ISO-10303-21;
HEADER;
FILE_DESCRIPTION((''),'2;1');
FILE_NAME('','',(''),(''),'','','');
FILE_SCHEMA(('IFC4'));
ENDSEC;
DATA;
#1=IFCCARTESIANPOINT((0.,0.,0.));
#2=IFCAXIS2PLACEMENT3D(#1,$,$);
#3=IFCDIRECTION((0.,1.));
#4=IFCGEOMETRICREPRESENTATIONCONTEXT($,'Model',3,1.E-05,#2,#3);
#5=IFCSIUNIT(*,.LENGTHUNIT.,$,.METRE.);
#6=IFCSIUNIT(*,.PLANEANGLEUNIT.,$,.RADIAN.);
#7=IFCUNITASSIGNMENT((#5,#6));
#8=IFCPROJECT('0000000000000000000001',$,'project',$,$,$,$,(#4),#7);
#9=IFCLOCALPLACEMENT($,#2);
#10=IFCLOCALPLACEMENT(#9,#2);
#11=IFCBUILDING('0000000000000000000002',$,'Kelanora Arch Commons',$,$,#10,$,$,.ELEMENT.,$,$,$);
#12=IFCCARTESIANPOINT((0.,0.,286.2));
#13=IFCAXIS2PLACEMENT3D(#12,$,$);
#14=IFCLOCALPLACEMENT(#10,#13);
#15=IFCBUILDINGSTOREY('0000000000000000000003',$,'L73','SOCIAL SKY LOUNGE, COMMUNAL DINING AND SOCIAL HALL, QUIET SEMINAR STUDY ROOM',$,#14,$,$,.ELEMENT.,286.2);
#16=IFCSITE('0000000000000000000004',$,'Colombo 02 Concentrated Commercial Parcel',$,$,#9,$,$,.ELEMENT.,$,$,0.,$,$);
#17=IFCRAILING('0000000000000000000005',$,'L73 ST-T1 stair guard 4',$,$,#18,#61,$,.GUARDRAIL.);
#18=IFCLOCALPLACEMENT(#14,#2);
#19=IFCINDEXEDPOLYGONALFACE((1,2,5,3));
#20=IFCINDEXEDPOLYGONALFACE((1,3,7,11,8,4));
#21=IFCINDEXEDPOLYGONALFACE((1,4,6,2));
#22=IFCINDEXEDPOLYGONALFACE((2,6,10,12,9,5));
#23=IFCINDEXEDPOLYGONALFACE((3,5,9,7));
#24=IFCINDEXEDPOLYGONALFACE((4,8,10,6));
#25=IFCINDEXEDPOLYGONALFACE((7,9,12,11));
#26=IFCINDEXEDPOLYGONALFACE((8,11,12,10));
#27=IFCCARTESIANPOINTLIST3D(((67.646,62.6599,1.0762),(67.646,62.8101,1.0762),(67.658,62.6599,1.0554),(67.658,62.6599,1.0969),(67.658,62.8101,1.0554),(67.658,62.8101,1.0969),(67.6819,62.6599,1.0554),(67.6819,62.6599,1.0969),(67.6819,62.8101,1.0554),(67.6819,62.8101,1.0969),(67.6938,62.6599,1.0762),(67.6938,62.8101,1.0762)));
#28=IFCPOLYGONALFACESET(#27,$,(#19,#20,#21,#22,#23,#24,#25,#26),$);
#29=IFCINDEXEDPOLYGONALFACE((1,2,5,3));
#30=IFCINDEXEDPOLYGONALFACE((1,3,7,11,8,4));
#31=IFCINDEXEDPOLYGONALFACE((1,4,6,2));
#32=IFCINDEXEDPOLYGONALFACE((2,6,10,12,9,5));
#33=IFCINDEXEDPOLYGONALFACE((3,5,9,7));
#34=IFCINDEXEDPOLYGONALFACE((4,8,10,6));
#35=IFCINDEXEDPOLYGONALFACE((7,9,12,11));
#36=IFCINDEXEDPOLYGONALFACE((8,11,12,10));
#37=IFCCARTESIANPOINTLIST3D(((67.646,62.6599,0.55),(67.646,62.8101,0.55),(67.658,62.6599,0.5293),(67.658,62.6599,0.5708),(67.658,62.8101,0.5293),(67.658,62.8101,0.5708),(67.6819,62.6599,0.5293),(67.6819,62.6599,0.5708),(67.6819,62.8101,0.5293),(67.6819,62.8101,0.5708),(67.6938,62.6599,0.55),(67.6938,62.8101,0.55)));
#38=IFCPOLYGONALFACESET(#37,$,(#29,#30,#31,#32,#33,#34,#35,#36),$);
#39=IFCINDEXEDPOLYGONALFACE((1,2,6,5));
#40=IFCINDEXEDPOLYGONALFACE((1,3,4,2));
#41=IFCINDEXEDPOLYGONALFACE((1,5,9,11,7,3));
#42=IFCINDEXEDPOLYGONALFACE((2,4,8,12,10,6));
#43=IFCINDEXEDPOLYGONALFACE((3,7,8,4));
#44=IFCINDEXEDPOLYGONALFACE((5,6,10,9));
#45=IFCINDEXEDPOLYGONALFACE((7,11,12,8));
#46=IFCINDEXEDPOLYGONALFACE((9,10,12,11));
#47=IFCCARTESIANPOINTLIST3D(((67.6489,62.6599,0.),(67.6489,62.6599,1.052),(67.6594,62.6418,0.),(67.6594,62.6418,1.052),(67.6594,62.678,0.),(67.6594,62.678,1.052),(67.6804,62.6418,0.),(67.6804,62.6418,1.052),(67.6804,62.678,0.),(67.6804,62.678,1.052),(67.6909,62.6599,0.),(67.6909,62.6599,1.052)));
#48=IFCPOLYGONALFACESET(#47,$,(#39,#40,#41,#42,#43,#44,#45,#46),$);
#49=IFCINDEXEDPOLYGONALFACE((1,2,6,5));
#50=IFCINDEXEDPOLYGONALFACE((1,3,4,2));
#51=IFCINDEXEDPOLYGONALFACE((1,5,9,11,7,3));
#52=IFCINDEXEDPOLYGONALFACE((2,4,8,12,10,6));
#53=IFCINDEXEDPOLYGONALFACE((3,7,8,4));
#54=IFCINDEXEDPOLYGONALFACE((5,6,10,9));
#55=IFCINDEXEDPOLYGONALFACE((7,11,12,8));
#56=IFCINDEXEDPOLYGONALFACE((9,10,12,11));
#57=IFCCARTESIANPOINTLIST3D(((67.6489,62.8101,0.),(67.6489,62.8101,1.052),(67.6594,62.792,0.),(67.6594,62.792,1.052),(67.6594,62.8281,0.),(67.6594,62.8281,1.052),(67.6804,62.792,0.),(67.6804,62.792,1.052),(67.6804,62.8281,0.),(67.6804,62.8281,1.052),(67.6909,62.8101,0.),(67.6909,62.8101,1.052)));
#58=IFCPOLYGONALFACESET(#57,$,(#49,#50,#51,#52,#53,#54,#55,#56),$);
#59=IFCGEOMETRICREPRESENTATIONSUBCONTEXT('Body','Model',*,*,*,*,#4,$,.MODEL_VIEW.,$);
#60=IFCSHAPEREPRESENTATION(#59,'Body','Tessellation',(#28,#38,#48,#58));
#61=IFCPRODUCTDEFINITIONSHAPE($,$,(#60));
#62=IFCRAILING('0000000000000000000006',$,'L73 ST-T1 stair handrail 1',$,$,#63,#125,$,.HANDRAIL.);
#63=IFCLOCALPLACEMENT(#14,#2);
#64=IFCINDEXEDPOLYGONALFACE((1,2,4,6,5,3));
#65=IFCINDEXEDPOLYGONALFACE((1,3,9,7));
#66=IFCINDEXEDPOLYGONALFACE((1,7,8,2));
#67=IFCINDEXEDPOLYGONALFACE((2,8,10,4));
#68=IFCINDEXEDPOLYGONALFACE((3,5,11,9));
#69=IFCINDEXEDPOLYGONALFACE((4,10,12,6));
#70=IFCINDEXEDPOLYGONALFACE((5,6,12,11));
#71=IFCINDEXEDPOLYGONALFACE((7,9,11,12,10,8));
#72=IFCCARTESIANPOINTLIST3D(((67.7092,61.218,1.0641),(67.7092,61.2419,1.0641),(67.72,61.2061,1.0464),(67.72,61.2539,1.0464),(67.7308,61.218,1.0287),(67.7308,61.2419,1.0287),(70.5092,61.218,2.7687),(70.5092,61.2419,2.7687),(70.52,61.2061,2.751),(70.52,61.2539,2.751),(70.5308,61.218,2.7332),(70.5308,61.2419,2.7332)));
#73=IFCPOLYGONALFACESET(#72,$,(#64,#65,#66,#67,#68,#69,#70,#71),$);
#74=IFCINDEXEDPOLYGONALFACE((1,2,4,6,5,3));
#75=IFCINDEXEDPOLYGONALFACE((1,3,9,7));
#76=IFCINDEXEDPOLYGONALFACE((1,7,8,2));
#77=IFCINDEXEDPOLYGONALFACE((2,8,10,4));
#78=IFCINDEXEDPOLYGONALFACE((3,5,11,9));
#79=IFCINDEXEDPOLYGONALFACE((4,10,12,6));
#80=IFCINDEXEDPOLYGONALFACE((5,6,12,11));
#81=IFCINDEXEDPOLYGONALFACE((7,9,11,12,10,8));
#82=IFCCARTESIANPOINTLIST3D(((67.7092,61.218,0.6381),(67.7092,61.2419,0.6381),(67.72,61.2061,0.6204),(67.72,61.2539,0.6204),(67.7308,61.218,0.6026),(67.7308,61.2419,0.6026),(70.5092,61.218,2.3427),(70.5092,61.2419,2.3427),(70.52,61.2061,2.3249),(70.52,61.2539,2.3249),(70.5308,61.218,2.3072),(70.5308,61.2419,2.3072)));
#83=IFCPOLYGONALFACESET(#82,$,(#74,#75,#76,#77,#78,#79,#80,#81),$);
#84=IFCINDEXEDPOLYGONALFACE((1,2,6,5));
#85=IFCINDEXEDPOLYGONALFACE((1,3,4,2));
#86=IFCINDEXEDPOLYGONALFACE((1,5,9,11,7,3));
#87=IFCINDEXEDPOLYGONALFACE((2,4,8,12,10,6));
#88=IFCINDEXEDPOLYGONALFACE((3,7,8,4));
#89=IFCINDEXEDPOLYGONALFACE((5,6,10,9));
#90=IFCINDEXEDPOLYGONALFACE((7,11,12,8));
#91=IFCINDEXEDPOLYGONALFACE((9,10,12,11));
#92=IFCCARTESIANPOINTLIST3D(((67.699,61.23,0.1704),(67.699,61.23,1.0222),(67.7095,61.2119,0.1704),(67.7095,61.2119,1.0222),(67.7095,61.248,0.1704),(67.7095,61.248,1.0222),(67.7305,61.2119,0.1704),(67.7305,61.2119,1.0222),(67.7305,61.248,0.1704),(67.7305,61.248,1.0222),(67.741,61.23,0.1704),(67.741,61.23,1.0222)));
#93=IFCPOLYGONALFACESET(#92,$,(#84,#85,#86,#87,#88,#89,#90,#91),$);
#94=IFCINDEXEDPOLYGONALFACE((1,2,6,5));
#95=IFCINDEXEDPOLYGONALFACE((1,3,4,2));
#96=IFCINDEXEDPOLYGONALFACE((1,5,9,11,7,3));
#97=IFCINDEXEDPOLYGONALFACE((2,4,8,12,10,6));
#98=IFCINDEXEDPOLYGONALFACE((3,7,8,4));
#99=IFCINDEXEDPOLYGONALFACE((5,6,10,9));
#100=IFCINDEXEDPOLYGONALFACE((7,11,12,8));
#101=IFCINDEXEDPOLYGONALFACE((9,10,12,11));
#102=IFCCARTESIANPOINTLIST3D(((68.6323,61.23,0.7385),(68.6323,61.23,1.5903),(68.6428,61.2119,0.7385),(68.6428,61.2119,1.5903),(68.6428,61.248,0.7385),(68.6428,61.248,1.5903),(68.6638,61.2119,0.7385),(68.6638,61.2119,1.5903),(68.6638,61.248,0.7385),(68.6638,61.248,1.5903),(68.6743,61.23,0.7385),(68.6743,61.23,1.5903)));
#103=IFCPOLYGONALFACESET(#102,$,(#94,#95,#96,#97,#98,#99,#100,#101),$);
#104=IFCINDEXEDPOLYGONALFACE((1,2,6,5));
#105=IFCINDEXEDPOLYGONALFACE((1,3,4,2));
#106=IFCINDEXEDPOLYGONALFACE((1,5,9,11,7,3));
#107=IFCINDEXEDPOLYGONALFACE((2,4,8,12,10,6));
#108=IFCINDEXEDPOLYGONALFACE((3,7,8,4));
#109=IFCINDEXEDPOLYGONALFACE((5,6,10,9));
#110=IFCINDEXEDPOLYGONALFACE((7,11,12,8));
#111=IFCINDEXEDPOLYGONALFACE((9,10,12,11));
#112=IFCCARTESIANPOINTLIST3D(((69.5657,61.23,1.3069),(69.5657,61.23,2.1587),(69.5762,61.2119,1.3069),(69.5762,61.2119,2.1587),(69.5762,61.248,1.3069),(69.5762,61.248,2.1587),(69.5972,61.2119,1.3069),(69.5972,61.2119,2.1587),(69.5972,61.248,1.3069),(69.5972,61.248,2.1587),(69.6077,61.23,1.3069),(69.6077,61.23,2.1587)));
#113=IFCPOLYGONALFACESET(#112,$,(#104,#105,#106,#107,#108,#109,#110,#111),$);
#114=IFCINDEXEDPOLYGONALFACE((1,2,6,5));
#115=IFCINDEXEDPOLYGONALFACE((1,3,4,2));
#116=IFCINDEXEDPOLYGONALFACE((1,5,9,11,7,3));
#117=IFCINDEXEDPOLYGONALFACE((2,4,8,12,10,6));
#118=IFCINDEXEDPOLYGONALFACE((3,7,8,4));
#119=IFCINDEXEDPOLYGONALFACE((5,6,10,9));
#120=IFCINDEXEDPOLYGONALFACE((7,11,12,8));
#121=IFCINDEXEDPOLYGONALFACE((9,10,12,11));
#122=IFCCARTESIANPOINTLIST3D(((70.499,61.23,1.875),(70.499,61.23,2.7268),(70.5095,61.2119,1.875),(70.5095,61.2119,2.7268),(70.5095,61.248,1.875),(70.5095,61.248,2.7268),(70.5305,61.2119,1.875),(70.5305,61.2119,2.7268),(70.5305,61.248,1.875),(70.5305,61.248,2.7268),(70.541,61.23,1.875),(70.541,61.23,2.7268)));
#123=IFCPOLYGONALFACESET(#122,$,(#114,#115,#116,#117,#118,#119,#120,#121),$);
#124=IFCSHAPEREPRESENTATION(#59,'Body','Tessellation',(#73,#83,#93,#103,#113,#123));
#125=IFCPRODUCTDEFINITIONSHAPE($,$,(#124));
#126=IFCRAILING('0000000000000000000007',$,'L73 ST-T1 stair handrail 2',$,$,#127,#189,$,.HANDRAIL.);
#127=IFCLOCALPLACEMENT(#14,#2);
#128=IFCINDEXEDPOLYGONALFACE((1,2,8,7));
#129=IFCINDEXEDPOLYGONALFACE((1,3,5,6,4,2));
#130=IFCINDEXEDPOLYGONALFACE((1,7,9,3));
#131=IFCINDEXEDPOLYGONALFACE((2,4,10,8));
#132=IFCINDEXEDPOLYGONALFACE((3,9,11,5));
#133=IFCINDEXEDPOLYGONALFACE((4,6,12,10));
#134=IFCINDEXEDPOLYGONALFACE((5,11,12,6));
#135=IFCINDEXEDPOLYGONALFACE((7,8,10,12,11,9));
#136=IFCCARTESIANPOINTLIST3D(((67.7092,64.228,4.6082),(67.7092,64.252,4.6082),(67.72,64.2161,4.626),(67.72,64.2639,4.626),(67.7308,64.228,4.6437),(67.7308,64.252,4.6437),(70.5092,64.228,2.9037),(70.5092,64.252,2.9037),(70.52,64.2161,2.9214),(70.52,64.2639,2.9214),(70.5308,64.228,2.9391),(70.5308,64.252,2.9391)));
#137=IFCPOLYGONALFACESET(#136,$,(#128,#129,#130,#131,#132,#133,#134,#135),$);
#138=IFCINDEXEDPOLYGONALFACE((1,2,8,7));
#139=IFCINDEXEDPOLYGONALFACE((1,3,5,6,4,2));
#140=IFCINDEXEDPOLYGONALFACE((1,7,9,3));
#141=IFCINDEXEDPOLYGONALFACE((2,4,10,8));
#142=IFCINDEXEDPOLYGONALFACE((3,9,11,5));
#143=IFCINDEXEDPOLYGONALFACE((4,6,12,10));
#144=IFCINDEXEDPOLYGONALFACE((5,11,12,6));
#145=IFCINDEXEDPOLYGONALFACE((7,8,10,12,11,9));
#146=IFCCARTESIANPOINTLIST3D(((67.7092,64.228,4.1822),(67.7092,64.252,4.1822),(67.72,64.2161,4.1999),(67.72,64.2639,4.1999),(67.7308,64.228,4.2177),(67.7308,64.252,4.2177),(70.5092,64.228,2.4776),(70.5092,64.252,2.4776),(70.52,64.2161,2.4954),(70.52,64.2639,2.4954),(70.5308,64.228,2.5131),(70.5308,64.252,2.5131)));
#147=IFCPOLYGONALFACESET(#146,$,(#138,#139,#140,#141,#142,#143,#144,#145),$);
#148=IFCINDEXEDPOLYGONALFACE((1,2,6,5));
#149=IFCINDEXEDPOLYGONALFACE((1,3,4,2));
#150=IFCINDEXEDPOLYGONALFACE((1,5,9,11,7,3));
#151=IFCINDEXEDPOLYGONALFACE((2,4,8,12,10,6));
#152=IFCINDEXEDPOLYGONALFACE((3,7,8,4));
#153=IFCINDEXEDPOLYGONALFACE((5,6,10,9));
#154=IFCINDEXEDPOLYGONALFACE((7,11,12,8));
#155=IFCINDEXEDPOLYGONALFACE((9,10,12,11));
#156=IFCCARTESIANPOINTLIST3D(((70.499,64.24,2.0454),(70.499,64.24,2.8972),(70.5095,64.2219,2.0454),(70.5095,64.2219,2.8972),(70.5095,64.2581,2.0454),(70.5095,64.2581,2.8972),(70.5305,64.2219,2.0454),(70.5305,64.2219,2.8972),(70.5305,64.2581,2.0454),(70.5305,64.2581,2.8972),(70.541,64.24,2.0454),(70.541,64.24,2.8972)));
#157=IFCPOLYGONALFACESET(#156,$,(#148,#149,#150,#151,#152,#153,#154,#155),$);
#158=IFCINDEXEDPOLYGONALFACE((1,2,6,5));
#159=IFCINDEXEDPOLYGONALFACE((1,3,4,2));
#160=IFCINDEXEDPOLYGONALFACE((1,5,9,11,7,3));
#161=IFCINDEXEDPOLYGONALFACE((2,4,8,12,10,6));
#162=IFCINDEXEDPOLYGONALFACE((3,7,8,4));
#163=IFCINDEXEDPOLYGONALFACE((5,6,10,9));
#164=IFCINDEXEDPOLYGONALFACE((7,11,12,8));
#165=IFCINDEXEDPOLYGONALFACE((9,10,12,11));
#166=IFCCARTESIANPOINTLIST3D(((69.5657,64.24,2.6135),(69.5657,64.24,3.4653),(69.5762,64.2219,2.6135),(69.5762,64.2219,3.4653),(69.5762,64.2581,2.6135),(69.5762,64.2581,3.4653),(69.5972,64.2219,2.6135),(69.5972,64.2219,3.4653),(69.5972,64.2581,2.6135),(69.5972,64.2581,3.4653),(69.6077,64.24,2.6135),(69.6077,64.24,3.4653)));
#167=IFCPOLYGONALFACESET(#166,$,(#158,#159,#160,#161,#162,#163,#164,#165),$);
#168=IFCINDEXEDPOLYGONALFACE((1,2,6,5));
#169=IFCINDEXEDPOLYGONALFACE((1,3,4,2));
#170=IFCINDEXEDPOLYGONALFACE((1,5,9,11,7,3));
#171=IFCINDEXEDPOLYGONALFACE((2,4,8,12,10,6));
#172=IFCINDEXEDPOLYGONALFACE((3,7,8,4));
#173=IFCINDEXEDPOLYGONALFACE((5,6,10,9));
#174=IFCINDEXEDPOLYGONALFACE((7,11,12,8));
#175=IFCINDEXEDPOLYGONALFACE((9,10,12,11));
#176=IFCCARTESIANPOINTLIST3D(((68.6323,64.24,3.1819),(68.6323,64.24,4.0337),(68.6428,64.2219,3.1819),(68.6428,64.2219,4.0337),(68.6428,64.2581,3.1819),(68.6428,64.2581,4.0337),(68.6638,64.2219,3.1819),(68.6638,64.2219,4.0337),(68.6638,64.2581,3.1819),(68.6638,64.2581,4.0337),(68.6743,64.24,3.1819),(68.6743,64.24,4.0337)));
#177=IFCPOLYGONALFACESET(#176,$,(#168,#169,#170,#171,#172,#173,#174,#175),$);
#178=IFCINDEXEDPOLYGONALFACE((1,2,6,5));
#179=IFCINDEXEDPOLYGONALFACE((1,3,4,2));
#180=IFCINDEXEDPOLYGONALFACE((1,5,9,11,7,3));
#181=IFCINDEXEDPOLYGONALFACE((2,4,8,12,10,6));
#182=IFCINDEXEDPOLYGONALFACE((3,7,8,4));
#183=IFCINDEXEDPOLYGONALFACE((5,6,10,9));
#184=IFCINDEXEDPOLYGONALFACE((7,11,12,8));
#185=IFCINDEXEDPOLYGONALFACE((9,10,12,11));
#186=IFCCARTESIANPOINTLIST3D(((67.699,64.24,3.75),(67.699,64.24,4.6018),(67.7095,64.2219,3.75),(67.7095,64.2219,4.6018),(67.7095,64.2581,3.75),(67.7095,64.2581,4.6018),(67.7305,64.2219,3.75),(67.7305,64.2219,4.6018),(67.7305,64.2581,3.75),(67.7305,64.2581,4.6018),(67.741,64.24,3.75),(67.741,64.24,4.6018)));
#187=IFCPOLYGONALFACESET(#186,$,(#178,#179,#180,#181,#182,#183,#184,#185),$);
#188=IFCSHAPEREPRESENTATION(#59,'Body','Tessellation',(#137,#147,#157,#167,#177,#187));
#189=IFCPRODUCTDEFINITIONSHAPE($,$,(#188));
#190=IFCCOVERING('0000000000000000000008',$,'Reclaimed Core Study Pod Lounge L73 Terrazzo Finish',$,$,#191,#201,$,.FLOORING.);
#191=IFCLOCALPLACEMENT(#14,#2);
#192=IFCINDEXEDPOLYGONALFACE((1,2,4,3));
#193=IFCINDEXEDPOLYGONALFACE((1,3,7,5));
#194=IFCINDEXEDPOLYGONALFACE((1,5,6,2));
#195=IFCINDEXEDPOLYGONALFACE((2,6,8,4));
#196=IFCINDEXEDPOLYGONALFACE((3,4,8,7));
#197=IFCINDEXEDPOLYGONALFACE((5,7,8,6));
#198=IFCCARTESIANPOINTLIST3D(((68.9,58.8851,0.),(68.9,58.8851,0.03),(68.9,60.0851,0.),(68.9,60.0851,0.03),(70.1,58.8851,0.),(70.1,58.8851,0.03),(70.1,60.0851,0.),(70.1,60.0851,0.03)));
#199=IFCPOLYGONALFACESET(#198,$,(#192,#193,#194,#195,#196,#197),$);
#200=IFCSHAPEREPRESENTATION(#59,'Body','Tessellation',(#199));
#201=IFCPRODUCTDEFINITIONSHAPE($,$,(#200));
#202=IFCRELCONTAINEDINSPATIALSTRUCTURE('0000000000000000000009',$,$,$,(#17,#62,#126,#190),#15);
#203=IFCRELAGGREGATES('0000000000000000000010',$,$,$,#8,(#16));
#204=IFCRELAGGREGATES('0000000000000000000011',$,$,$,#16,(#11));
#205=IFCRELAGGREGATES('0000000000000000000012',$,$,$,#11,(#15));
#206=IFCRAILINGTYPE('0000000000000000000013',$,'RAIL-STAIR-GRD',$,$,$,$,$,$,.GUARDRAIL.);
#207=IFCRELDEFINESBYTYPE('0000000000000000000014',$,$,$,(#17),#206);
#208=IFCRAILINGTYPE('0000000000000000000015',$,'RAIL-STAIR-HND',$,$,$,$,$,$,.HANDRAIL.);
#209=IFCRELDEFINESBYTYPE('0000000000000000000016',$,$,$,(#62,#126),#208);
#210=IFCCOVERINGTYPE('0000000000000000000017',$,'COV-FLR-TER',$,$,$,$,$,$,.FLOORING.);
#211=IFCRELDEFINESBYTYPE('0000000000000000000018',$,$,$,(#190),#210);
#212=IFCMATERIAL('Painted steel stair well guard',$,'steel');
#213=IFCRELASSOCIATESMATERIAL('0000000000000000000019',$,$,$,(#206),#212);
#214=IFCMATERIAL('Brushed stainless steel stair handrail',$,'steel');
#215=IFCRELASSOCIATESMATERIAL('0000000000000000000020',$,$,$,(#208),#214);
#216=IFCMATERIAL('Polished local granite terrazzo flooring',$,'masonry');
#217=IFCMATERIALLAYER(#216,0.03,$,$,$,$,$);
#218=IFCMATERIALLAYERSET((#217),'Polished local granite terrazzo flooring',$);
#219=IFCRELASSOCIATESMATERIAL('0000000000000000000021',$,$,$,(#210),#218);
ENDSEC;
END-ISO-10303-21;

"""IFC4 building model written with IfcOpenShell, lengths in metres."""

from ifc_helpers import new_model, si_unit, direction, frame, origin, origin_2d, place, context, subcontext, project, spatial, polyline, rectangle, outline, extrude, source, transform, mapped, material, layer, layer_set, type_object, element, save


model = new_model("IFC4")

# Units and contexts
model_context = context("Model", 3, precision=1e-05, world=origin(), true_north=direction((0.0, 1.0)))
body_context = subcontext(model_context, "Body", "Model", "MODEL_VIEW")
ifc_project = project(units=[si_unit("LENGTHUNIT", "METRE"), si_unit("PLANEANGLEUNIT", "RADIAN")], contexts=[model_context])

# Site, building, storey
site_placement = place(None, origin())
site = spatial("IfcSite", under=ifc_project, at=site_placement, Name="Colombo 02 Concentrated Commercial Parcel", CompositionType="ELEMENT", RefElevation=0.0)
building_placement = place(site_placement, origin())
building = spatial("IfcBuilding", under=site, at=building_placement, Name="Kelanora Arch Commons", CompositionType="ELEMENT")
storey_placement = place(building_placement, frame((0.0, 0.0, 286.2)))
storey = spatial("IfcBuildingStorey", under=building, at=storey_placement, Name="L73", Description="SOCIAL SKY LOUNGE, COMMUNAL DINING AND SOCIAL HALL, QUIET SEMINAR STUDY ROOM", CompositionType="ELEMENT", Elevation=286.2)

# Railings
ifc_material_1 = material(Name="Painted steel stair well guard", Category="steel")
railing_type_1 = type_object("IfcRailingType", Name="RAIL-STAIR-GRD", PredefinedType="GUARDRAIL", material=ifc_material_1)
railing_1_placement = place(storey_placement, frame((67.6699, 62.6599, 0.0)))
element("IfcRailing", 1, at=railing_1_placement, inside=storey, type_object=railing_type_1, Name="L73 ST-T1 stair guard 4", PredefinedType="GUARDRAIL", context=body_context, shape_type="SweptSolid", body=[
    extrude(outline(polyline([(0.0239, 0.0), (0.012, 0.0208), (-0.012, 0.0208), (-0.0239, 0.0), (-0.012, -0.0208), (0.012, -0.0208), (0.0239, 0.0)])), frame((0.0, 0.0, 1.0762), z_axis=(0.0, 1.0, 0.0), x_axis=(-1.0, 0.0, 0.0)), (0.0, 0.0, 1.0), 0.1501),
    extrude(outline(polyline([(0.0239, 0.0), (0.012, 0.0208), (-0.012, 0.0208), (-0.0239, 0.0), (-0.012, -0.0208), (0.012, -0.0208), (0.0239, 0.0)])), frame((0.0, 0.0, 0.55), z_axis=(0.0, 1.0, 0.0), x_axis=(-1.0, 0.0, 0.0)), (0.0, 0.0, 1.0), 0.1501),
    extrude(outline(polyline([(0.021, 0.0), (0.0105, 0.0181), (-0.0105, 0.0181), (-0.021, 0.0), (-0.0105, -0.0181), (0.0105, -0.0181), (0.021, 0.0)])), origin(), (0.0, 0.0, 1.0), 1.052),
    extrude(outline(polyline([(0.021, 0.0), (0.0105, 0.0181), (-0.0105, 0.0181), (-0.021, 0.0), (-0.0105, -0.0181), (0.0105, -0.0181), (0.021, 0.0)])), frame((0.0, 0.1501, 0.0)), (0.0, 0.0, 1.0), 1.052),
])
ifc_material_2 = material(Name="Brushed stainless steel stair handrail", Category="steel")
railing_type_2 = type_object("IfcRailingType", Name="RAIL-STAIR-HND", PredefinedType="HANDRAIL", material=ifc_material_2)
railing_2_placement = place(storey_placement, frame((67.72, 61.23, 0.1704)))
element("IfcRailing", 2, at=railing_2_placement, inside=storey, type_object=railing_type_2, Name="L73 ST-T1 stair handrail 1", PredefinedType="HANDRAIL", context=body_context, shape_type="SweptSolid", body=[
    extrude(outline(polyline([(0.0239, 0.0), (0.012, 0.0208), (-0.012, 0.0208), (-0.0239, 0.0), (-0.012, -0.0208), (0.012, -0.0208), (0.0239, 0.0)])), frame((0.0, 0.0, 0.876), z_axis=(0.85417, 0.0, 0.519994), x_axis=(0.0, 1.0, 0.0)), (0.0, 0.0, 1.0), 3.2781),
    extrude(outline(polyline([(0.0239, 0.0), (0.012, 0.0208), (-0.012, 0.0208), (-0.0239, 0.0), (-0.012, -0.0208), (0.012, -0.0208), (0.0239, 0.0)])), frame((0.0, 0.0, 0.45), z_axis=(0.85417, 0.0, 0.519994), x_axis=(0.0, 1.0, 0.0)), (0.0, 0.0, 1.0), 3.2781),
    extrude(outline(polyline([(0.021, 0.0), (0.0105, 0.0181), (-0.0105, 0.0181), (-0.021, 0.0), (-0.0105, -0.0181), (0.0105, -0.0181), (0.021, 0.0)])), origin(), (0.0, 0.0, 1.0), 0.8518),
    extrude(outline(polyline([(0.021, 0.0), (0.0105, 0.0181), (-0.0105, 0.0181), (-0.021, 0.0), (-0.0105, -0.0181), (0.0105, -0.0181), (0.021, 0.0)])), frame((0.9333, 0.0, 0.5681)), (0.0, 0.0, 1.0), 0.8518),
    extrude(outline(polyline([(0.021, 0.0), (0.0105, 0.0181), (-0.0105, 0.0181), (-0.021, 0.0), (-0.0105, -0.0181), (0.0105, -0.0181), (0.021, 0.0)])), frame((1.8667, 0.0, 1.1365)), (0.0, 0.0, 1.0), 0.8518),
    extrude(outline(polyline([(0.021, 0.0), (0.0105, 0.0181), (-0.0105, 0.0181), (-0.021, 0.0), (-0.0105, -0.0181), (0.0105, -0.0181), (0.021, 0.0)])), frame((2.8, 0.0, 1.7046)), (0.0, 0.0, 1.0), 0.8518),
])
railing_3_placement = place(storey_placement, frame((70.52, 64.24, 2.0454)))
element("IfcRailing", 3, at=railing_3_placement, inside=storey, type_object=railing_type_2, Name="L73 ST-T1 stair handrail 2", PredefinedType="HANDRAIL", context=body_context, shape_type="SweptSolid", body=[
    extrude(outline(polyline([(0.0239, 0.0), (0.012, 0.0208), (-0.012, 0.0208), (-0.0239, 0.0), (-0.012, -0.0208), (0.012, -0.0208), (0.0239, 0.0)])), frame((0.0, 0.0, 0.876), z_axis=(-0.85417, 0.0, 0.519994), x_axis=(0.0, -1.0, 0.0)), (0.0, 0.0, 1.0), 3.2781),
    extrude(outline(polyline([(0.0239, 0.0), (0.012, 0.0208), (-0.012, 0.0208), (-0.0239, 0.0), (-0.012, -0.0208), (0.012, -0.0208), (0.0239, 0.0)])), frame((0.0, 0.0, 0.45), z_axis=(-0.85417, 0.0, 0.519994), x_axis=(0.0, -1.0, 0.0)), (0.0, 0.0, 1.0), 3.2781),
    extrude(outline(polyline([(0.021, 0.0), (0.0105, 0.0181), (-0.0105, 0.0181), (-0.021, 0.0), (-0.0105, -0.0181), (0.0105, -0.0181), (0.021, 0.0)])), origin(), (0.0, 0.0, 1.0), 0.8518),
    extrude(outline(polyline([(0.021, 0.0), (0.0105, 0.0181), (-0.0105, 0.0181), (-0.021, 0.0), (-0.0105, -0.0181), (0.0105, -0.0181), (0.021, 0.0)])), frame((-0.9333, 0.0, 0.5681)), (0.0, 0.0, 1.0), 0.8518),
    extrude(outline(polyline([(0.021, 0.0), (0.0105, 0.0181), (-0.0105, 0.0181), (-0.021, 0.0), (-0.0105, -0.0181), (0.0105, -0.0181), (0.021, 0.0)])), frame((-1.8667, 0.0, 1.1365)), (0.0, 0.0, 1.0), 0.8518),
    extrude(outline(polyline([(0.021, 0.0), (0.0105, 0.0181), (-0.0105, 0.0181), (-0.021, 0.0), (-0.0105, -0.0181), (0.0105, -0.0181), (0.021, 0.0)])), frame((-2.8, 0.0, 1.7046)), (0.0, 0.0, 1.0), 0.8518),
])

# Covering
ifc_material_3 = material(Name="Polished local granite terrazzo flooring", Category="masonry")
ifc_layer_1 = layer(ifc_material_3, 0.03)
ifc_layer_set_1 = layer_set([ifc_layer_1], Name="Polished local granite terrazzo flooring")
covering_type = type_object("IfcCoveringType", Name="COV-FLR-TER", PredefinedType="FLOORING", material=ifc_layer_set_1)
shared_shape = source(origin(), body_context, "Body", "SweptSolid", [
    extrude(rectangle(XDim=1.2, YDim=1.2, at=origin_2d()), origin(), (0.0, 0.0, 1.0), 0.03),
])
covering_placement = place(storey_placement, frame((69.5, 59.4851, 0.0), z_axis=(0.0, 0.0, 1.0), x_axis=(1.0, 0.0, 0.0)))
element("IfcCovering", 4, at=covering_placement, inside=storey, type_object=covering_type, Name="Reclaimed Core Study Pod Lounge L73 Terrazzo Finish", PredefinedType="FLOORING", context=body_context, shape_type="MappedRepresentation", body=[
    mapped(shared_shape, transform((0.0, 0.0, 0.0), scale=1.0)),
])

save(model, "model.ifc")
